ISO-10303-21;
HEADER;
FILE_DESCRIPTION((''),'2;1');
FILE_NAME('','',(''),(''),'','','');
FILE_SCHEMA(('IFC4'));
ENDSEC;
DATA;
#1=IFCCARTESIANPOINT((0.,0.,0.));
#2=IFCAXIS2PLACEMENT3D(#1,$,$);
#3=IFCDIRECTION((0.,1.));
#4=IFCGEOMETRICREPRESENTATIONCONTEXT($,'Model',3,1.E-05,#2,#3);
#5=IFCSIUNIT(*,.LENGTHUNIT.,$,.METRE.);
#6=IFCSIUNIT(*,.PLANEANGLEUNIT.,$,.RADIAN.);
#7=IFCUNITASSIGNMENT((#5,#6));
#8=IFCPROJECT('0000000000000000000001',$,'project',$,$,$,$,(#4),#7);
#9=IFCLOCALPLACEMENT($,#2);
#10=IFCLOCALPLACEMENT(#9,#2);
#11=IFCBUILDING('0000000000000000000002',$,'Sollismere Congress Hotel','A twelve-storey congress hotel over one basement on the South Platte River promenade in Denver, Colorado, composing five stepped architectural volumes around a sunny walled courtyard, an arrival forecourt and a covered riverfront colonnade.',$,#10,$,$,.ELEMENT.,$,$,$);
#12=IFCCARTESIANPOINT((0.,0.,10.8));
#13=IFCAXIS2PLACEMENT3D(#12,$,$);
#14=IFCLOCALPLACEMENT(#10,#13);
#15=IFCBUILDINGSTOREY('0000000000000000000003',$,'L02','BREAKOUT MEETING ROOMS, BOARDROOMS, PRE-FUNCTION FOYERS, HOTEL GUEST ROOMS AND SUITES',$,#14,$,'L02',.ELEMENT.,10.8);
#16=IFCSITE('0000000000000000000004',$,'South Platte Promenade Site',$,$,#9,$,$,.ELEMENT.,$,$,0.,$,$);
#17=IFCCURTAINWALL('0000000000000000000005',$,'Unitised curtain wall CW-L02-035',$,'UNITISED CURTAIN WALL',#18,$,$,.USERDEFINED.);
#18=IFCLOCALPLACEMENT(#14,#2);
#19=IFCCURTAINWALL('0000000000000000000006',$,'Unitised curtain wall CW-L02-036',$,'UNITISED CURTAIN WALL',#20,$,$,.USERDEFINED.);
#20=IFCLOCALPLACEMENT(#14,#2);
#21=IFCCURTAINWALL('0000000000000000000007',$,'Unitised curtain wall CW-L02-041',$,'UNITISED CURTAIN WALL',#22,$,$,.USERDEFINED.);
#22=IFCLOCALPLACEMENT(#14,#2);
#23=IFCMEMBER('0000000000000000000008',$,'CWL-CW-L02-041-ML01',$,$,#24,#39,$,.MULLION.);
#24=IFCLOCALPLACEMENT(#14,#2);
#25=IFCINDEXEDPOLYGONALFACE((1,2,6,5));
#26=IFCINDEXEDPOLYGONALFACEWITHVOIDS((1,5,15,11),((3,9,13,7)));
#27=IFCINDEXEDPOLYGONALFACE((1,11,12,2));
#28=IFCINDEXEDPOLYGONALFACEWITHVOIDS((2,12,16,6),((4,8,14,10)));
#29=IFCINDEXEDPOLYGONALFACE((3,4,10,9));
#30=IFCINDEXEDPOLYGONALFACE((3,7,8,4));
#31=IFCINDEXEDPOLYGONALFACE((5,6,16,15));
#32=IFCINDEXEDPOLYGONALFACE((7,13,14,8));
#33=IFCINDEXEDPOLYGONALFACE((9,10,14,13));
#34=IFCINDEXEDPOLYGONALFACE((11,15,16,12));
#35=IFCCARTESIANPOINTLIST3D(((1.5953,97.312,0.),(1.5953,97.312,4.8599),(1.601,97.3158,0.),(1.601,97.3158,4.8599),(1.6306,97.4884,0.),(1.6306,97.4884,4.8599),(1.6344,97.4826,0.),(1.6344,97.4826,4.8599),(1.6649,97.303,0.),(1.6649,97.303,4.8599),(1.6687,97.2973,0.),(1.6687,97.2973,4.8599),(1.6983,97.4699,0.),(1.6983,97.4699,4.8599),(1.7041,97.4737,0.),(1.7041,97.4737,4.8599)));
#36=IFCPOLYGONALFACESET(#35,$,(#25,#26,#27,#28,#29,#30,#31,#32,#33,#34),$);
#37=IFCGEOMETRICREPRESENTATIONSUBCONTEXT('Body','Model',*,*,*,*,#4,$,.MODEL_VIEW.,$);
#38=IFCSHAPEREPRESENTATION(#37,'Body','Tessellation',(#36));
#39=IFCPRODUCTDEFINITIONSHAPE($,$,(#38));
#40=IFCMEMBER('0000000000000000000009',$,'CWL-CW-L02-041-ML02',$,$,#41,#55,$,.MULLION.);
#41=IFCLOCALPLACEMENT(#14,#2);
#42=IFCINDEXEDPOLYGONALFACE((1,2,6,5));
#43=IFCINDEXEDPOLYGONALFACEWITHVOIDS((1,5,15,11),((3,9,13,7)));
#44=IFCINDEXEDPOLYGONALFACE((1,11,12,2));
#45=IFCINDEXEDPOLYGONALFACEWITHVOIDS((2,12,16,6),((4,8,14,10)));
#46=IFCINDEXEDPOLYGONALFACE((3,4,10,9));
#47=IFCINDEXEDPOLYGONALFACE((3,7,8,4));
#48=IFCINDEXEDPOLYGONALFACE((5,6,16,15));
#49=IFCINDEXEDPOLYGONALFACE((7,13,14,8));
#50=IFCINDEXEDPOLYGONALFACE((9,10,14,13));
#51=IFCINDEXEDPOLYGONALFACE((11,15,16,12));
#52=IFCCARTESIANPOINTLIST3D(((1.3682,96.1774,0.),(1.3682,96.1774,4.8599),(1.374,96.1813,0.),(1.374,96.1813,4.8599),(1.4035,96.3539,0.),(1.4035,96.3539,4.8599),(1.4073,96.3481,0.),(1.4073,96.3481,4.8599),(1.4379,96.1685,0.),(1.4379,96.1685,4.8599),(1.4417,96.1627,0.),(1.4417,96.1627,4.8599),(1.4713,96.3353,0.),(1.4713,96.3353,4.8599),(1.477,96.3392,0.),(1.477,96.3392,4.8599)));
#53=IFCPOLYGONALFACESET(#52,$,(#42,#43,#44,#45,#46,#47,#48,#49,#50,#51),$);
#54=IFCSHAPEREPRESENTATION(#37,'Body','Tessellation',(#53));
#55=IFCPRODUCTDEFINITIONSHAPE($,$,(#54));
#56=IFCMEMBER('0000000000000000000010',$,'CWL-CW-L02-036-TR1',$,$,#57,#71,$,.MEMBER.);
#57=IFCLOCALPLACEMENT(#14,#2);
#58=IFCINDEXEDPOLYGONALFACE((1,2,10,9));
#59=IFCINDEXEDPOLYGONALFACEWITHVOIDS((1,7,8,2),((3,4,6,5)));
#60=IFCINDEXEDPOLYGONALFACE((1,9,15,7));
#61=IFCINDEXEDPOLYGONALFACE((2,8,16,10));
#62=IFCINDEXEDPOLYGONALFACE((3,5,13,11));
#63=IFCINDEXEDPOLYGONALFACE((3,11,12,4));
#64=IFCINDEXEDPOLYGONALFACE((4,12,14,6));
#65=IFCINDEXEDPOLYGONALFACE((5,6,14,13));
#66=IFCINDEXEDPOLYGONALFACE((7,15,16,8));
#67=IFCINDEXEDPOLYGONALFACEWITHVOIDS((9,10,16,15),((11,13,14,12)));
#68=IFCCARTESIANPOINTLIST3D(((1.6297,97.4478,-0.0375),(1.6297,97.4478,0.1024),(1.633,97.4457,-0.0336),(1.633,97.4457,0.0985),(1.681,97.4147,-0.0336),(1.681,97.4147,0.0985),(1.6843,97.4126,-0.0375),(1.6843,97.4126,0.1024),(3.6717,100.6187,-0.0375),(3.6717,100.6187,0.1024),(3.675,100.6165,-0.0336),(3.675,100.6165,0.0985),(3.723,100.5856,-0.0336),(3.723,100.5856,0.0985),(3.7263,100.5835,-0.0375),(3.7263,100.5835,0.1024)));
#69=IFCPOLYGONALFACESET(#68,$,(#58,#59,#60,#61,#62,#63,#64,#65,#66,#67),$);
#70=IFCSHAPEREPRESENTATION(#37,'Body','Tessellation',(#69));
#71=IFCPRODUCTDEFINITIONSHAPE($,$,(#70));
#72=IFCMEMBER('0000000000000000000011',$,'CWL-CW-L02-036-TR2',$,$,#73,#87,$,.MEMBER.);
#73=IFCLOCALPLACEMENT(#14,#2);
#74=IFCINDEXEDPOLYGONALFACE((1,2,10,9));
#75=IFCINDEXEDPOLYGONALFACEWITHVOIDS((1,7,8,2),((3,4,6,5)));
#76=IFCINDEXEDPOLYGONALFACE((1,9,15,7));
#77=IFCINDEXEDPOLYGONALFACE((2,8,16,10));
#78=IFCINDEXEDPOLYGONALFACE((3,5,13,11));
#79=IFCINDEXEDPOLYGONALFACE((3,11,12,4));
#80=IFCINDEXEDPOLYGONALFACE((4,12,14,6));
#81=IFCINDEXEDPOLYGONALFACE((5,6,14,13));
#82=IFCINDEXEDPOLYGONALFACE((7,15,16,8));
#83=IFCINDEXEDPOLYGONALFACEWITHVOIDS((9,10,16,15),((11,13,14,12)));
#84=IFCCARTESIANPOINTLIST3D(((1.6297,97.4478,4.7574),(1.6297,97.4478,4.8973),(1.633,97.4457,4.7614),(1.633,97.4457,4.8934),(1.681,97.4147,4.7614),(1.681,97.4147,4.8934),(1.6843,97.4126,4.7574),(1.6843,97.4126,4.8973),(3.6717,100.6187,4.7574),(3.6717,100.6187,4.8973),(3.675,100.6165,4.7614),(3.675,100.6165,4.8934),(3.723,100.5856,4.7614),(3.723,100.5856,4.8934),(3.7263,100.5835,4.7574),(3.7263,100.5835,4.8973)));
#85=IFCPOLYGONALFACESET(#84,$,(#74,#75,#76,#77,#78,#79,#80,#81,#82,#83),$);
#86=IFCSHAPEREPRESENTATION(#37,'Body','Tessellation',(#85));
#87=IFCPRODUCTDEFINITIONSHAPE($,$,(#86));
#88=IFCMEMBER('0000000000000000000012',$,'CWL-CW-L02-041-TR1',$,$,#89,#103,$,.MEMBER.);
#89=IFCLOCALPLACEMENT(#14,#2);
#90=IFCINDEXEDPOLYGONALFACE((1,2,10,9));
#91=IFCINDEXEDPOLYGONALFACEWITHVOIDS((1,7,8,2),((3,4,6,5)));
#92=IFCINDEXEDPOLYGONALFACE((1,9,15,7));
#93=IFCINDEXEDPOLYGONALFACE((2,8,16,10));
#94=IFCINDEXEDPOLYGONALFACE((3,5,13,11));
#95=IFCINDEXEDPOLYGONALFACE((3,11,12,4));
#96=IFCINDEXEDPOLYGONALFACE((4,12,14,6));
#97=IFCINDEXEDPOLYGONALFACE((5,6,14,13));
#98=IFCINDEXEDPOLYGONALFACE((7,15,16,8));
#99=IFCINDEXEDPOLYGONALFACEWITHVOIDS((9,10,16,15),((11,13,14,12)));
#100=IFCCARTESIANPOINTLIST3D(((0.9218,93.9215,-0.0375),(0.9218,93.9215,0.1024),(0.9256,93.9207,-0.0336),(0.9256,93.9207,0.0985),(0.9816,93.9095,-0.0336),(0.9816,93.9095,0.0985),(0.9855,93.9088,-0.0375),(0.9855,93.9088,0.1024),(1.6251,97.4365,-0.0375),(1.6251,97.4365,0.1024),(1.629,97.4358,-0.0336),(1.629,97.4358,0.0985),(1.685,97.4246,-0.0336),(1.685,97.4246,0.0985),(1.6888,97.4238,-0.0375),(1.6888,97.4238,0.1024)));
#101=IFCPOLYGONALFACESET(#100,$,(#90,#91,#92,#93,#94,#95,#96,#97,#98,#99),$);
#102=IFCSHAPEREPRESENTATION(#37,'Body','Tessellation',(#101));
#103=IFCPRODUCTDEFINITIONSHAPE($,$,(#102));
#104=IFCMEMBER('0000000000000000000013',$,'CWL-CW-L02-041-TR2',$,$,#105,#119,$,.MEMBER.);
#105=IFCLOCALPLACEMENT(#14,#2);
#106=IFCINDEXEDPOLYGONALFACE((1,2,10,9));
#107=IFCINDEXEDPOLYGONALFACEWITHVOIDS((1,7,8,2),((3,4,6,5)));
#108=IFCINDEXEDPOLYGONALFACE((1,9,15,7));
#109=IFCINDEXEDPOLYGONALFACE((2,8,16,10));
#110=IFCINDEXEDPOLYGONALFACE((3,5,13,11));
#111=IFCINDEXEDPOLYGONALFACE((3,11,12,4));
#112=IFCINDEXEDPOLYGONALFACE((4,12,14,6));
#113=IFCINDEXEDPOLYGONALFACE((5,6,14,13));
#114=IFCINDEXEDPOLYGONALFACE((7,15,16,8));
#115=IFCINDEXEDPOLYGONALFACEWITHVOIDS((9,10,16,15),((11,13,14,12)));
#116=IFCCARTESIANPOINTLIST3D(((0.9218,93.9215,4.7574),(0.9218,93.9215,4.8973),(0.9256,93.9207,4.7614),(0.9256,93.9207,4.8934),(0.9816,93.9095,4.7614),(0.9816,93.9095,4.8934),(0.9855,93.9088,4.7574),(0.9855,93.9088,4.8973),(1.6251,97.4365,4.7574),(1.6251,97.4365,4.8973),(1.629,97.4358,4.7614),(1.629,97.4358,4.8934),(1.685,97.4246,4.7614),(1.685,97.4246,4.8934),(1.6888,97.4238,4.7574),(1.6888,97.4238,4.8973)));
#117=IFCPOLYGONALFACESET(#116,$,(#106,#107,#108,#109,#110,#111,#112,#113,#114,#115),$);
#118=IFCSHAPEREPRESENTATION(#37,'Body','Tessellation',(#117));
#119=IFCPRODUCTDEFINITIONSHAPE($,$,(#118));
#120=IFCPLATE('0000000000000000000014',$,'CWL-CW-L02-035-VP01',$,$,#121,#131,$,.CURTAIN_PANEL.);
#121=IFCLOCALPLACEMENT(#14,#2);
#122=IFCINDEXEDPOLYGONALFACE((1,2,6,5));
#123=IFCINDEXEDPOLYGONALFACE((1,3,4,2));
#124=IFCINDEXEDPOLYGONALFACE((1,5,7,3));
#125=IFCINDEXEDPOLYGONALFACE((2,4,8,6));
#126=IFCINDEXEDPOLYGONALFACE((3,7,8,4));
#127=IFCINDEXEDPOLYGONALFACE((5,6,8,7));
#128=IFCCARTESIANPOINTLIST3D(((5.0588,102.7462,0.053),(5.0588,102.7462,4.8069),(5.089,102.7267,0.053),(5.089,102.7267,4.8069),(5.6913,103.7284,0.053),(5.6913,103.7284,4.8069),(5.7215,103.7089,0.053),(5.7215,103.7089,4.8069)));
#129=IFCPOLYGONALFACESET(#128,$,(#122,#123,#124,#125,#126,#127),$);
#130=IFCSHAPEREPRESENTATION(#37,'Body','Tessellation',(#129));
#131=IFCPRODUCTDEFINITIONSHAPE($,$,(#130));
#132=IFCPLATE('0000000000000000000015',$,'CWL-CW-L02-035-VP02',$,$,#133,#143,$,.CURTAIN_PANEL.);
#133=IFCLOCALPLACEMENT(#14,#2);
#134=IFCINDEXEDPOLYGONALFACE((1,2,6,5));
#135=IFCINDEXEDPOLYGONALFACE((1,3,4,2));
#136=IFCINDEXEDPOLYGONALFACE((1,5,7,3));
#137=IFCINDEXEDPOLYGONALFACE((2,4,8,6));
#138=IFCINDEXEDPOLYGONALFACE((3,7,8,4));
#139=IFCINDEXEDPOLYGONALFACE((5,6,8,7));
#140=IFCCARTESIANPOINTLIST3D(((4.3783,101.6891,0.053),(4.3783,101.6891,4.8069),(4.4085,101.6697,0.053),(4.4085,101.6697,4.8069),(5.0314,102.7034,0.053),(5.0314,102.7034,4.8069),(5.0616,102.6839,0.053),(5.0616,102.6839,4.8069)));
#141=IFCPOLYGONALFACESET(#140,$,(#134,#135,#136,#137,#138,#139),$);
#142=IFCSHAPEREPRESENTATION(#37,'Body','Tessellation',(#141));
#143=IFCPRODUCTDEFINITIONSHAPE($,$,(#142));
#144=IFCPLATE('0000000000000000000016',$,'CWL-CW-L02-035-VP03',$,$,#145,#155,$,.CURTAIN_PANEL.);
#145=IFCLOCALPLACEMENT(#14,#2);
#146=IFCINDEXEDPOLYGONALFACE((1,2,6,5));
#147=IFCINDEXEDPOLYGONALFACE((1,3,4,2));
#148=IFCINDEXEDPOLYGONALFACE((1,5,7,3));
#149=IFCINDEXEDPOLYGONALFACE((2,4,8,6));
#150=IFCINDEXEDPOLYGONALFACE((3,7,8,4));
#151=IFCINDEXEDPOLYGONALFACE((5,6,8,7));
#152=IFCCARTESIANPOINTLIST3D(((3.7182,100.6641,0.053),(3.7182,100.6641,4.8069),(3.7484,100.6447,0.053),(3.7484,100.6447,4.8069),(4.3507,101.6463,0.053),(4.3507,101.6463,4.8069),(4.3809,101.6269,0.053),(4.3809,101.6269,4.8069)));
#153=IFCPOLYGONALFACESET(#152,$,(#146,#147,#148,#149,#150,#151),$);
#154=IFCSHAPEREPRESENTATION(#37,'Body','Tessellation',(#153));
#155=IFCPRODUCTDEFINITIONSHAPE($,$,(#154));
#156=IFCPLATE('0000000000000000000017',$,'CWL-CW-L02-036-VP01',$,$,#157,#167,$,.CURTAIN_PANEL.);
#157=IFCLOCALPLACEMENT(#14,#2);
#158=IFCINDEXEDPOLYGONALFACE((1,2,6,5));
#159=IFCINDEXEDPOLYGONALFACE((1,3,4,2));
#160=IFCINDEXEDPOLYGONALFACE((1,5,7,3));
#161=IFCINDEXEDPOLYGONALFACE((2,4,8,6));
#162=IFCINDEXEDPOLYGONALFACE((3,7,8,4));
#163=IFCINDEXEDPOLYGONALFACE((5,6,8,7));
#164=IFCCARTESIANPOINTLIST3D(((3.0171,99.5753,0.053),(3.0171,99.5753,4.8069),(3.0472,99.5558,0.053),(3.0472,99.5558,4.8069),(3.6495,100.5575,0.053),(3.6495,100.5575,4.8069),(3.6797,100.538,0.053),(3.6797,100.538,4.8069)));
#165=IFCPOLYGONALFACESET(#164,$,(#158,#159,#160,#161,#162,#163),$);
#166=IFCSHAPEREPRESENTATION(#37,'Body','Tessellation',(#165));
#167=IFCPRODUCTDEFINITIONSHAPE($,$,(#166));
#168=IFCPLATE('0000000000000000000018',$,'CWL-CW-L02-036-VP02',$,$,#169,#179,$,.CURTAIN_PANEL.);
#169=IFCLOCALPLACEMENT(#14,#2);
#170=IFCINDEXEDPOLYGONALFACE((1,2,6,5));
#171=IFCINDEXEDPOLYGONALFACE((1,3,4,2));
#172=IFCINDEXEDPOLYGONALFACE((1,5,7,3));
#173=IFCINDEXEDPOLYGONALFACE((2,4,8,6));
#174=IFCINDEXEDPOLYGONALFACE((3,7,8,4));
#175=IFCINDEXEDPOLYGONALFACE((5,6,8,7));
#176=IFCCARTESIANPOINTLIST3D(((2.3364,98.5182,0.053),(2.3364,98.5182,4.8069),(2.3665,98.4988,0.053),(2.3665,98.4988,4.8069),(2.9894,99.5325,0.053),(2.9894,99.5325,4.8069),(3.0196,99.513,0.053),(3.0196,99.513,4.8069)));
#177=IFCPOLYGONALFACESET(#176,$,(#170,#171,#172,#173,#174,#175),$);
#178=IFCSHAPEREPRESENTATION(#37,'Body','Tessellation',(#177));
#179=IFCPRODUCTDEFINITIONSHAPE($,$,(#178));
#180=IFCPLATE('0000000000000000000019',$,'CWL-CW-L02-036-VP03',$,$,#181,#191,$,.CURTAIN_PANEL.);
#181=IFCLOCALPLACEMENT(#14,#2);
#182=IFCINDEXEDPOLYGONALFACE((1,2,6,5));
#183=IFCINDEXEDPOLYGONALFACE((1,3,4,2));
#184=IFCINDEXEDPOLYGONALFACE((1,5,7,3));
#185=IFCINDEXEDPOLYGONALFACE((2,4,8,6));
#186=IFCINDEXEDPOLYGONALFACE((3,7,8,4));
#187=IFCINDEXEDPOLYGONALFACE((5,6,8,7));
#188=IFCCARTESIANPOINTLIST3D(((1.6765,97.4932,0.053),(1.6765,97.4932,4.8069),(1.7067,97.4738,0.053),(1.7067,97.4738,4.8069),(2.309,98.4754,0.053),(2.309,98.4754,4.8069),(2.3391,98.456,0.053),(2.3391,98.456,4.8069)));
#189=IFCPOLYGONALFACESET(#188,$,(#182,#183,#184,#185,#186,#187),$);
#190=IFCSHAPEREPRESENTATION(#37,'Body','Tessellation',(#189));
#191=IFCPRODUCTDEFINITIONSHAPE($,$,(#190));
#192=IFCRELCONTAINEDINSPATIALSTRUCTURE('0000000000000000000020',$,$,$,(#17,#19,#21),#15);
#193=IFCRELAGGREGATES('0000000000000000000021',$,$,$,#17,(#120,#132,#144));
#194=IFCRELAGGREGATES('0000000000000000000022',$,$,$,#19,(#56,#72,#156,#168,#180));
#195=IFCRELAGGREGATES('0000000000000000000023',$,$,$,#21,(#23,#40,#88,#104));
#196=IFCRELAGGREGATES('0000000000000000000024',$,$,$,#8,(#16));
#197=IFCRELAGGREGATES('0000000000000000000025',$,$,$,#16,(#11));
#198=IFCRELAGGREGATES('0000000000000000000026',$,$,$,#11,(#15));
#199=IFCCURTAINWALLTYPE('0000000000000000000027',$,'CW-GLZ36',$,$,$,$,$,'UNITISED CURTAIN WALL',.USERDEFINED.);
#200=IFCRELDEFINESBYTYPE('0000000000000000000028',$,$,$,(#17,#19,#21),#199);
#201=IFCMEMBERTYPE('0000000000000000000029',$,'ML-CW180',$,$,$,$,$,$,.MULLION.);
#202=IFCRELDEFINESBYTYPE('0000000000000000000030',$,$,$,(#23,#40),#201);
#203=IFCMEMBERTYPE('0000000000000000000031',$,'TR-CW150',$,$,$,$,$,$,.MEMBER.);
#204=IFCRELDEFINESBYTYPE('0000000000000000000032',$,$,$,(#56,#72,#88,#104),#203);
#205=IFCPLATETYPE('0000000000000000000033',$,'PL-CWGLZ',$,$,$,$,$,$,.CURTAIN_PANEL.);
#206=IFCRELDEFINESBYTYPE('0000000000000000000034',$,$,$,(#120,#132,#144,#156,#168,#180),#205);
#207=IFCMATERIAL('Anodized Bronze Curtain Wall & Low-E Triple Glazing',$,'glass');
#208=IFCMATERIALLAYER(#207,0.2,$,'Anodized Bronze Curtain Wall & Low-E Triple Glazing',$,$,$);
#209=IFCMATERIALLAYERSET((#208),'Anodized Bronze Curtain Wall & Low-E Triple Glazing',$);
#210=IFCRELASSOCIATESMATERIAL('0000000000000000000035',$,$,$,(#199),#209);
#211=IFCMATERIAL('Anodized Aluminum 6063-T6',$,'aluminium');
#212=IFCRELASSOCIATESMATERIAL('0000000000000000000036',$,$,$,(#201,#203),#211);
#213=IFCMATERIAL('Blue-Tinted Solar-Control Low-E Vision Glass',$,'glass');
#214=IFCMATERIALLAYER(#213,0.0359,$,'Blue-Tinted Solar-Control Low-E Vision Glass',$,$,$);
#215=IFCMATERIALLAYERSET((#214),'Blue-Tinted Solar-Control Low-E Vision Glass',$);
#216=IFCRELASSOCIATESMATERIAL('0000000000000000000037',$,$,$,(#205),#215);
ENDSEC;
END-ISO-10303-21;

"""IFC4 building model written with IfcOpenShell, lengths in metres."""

from ifc_helpers import new_model, si_unit, direction, frame, origin, origin_2d, place, context, subcontext, project, spatial, rectangle, hollow_rectangle, extrude, material, layer, layer_set, material_profile, profile_set, type_object, element, aggregate, save


model = new_model("IFC4")

# Units and contexts
model_context = context("Model", 3, precision=1e-05, world=origin(), true_north=direction((0.0, 1.0)))
body_context = subcontext(model_context, "Body", "Model", "MODEL_VIEW")
ifc_project = project(units=[si_unit("LENGTHUNIT", "METRE"), si_unit("PLANEANGLEUNIT", "RADIAN")], contexts=[model_context])

# Site, building, storey
site_placement = place(None, origin())
site = spatial("IfcSite", under=ifc_project, at=site_placement, Name="South Platte Promenade Site", CompositionType="ELEMENT", RefElevation=0.0)
building_placement = place(site_placement, origin())
building = spatial("IfcBuilding", under=site, at=building_placement, Name="Sollismere Congress Hotel", Description="A twelve-storey congress hotel over one basement on the South Platte River promenade in Denver, Colorado, composing five stepped architectural volumes around a sunny walled courtyard, an arrival forecourt and a covered riverfront colonnade.", CompositionType="ELEMENT")
storey_placement = place(building_placement, frame((0.0, 0.0, 10.8)))
storey = spatial("IfcBuildingStorey", under=building, at=storey_placement, Name="L02", Description="BREAKOUT MEETING ROOMS, BOARDROOMS, PRE-FUNCTION FOYERS, HOTEL GUEST ROOMS AND SUITES", LongName="L02", CompositionType="ELEMENT", Elevation=10.8)

# Curtain walls, members
ifc_material_1 = material(Name="Anodized Bronze Curtain Wall & Low-E Triple Glazing", Category="glass")
ifc_layer_1 = layer(ifc_material_1, 0.2, Name="Anodized Bronze Curtain Wall & Low-E Triple Glazing")
ifc_layer_set_1 = layer_set([ifc_layer_1], Name="Anodized Bronze Curtain Wall & Low-E Triple Glazing")
curtain_wall_type = type_object("IfcCurtainWallType", Name="CW-GLZ36", ElementType="UNITISED CURTAIN WALL", PredefinedType="USERDEFINED", material=ifc_layer_set_1)
curtain_wall_1_placement = place(storey_placement, origin())
curtain_wall_1 = element("IfcCurtainWall", 1, at=curtain_wall_1_placement, inside=storey, type_object=curtain_wall_type, Name="Unitised curtain wall CW-L02-035", ObjectType="UNITISED CURTAIN WALL", PredefinedType="USERDEFINED")
ifc_material_2 = material(Name="Anodized Aluminum 6063-T6", Category="aluminium")
ifc_material_profile_1 = material_profile(ifc_material_2, hollow_rectangle(XDim=0.075, YDim=0.1799, WallThickness=0.0049, at=origin_2d()), Name="ALU180X75X5")
ifc_profile_set_1 = profile_set([ifc_material_profile_1], Name="Anodized Aluminum 6063-T6")
member_type_1 = type_object("IfcMemberType", Name="ML-CW180", PredefinedType="MULLION", material=ifc_profile_set_1)
curtain_wall_2_placement = place(storey_placement, origin())
curtain_wall_2 = element("IfcCurtainWall", 2, at=curtain_wall_2_placement, inside=storey, type_object=curtain_wall_type, Name="Unitised curtain wall CW-L02-036", ObjectType="UNITISED CURTAIN WALL", PredefinedType="USERDEFINED")
curtain_wall_3_placement = place(storey_placement, origin())
curtain_wall_3 = element("IfcCurtainWall", 3, at=curtain_wall_3_placement, inside=storey, type_object=curtain_wall_type, Name="Unitised curtain wall CW-L02-041", ObjectType="UNITISED CURTAIN WALL", PredefinedType="USERDEFINED")
member_1_placement = place(storey_placement, frame((1.6497, 97.3928, 0.0), z_axis=(0.0, 0.0, 1.0), x_axis=(0.980553, -0.196254, 0.0)))
member_1 = element("IfcMember", 4, at=member_1_placement, type_object=member_type_1, Name="CWL-CW-L02-041-ML01", PredefinedType="MULLION", context=body_context, shape_type="SweptSolid", body=[
    extrude(hollow_rectangle(XDim=0.075, YDim=0.1799, WallThickness=0.0049, at=origin_2d()), origin(), (0.0, 0.0, 1.0), 4.8599),
])
member_2_placement = place(storey_placement, frame((1.4226, 96.2583, 0.0), z_axis=(0.0, 0.0, 1.0), x_axis=(0.980553, -0.196254, 0.0)))
member_2 = element("IfcMember", 5, at=member_2_placement, type_object=member_type_1, Name="CWL-CW-L02-041-ML02", PredefinedType="MULLION", context=body_context, shape_type="SweptSolid", body=[
    extrude(hollow_rectangle(XDim=0.075, YDim=0.1799, WallThickness=0.0049, at=origin_2d()), origin(), (0.0, 0.0, 1.0), 4.8599),
])

# Members
ifc_material_profile_2 = material_profile(ifc_material_2, hollow_rectangle(XDim=0.0649, YDim=0.1399, WallThickness=0.0039, at=origin_2d()), Name="ALU140X65X4")
ifc_profile_set_2 = profile_set([ifc_material_profile_2], Name="Anodized Aluminum 6063-T6")
member_type_2 = type_object("IfcMemberType", Name="TR-CW150", PredefinedType="MEMBER", material=ifc_profile_set_2)
member_3_placement = place(storey_placement, frame((3.699, 100.6011, 0.0325), z_axis=(-0.541425, -0.840749, 0.0), x_axis=(0.840749, -0.541425, 0.0)))
member_3 = element("IfcMember", 6, at=member_3_placement, type_object=member_type_2, Name="CWL-CW-L02-036-TR1", PredefinedType="MEMBER", context=body_context, shape_type="SweptSolid", body=[
    extrude(hollow_rectangle(XDim=0.0649, YDim=0.1399, WallThickness=0.0039, at=origin_2d()), origin(), (0.0, 0.0, 1.0), 3.7715),
])
member_4_placement = place(storey_placement, frame((3.699, 100.6011, 4.8274), z_axis=(-0.541425, -0.840749, 0.0), x_axis=(0.840749, -0.541425, 0.0)))
member_4 = element("IfcMember", 7, at=member_4_placement, type_object=member_type_2, Name="CWL-CW-L02-036-TR2", PredefinedType="MEMBER", context=body_context, shape_type="SweptSolid", body=[
    extrude(hollow_rectangle(XDim=0.0649, YDim=0.1399, WallThickness=0.0039, at=origin_2d()), origin(), (0.0, 0.0, 1.0), 3.7715),
])
member_5_placement = place(storey_placement, frame((1.657, 97.4302, 0.0325), z_axis=(-0.196208, -0.980562, 0.0), x_axis=(0.980562, -0.196208, 0.0)))
member_5 = element("IfcMember", 8, at=member_5_placement, type_object=member_type_2, Name="CWL-CW-L02-041-TR1", PredefinedType="MEMBER", context=body_context, shape_type="SweptSolid", body=[
    extrude(hollow_rectangle(XDim=0.0649, YDim=0.1399, WallThickness=0.0039, at=origin_2d()), origin(), (0.0, 0.0, 1.0), 3.5847),
])
member_6_placement = place(storey_placement, frame((1.657, 97.4302, 4.8274), z_axis=(-0.196208, -0.980562, 0.0), x_axis=(0.980562, -0.196208, 0.0)))
member_6 = element("IfcMember", 9, at=member_6_placement, type_object=member_type_2, Name="CWL-CW-L02-041-TR2", PredefinedType="MEMBER", context=body_context, shape_type="SweptSolid", body=[
    extrude(hollow_rectangle(XDim=0.0649, YDim=0.1399, WallThickness=0.0039, at=origin_2d()), origin(), (0.0, 0.0, 1.0), 3.5847),
])

# Plates
ifc_material_3 = material(Name="Blue-Tinted Solar-Control Low-E Vision Glass", Category="glass")
ifc_layer_2 = layer(ifc_material_3, 0.0359, Name="Blue-Tinted Solar-Control Low-E Vision Glass")
ifc_layer_set_2 = layer_set([ifc_layer_2], Name="Blue-Tinted Solar-Control Low-E Vision Glass")
plate_type_1 = type_object("IfcPlateType", Name="PL-CWGLZ", PredefinedType="CURTAIN_PANEL", material=ifc_layer_set_2)
plate_1_placement = place(storey_placement, frame((5.3901, 103.2275, 0.053), z_axis=(0.0, 0.0, 1.0), x_axis=(-0.541385, -0.840775, 0.0)))
plate_1 = element("IfcPlate", 10, at=plate_1_placement, type_object=plate_type_1, Name="CWL-CW-L02-035-VP01", PredefinedType="CURTAIN_PANEL", context=body_context, shape_type="SweptSolid", body=[
    extrude(rectangle(XDim=1.1682, YDim=0.0359, at=origin_2d()), origin(), (0.0, 0.0, 1.0), 4.7539),
])
plate_2_placement = place(storey_placement, frame((4.72, 102.1865, 0.053), z_axis=(0.0, 0.0, 1.0), x_axis=(-0.541385, -0.840775, 0.0)))
plate_2 = element("IfcPlate", 11, at=plate_2_placement, type_object=plate_type_1, Name="CWL-CW-L02-035-VP02", PredefinedType="CURTAIN_PANEL", context=body_context, shape_type="SweptSolid", body=[
    extrude(rectangle(XDim=1.2063, YDim=0.0359, at=origin_2d()), origin(), (0.0, 0.0, 1.0), 4.7539),
])
plate_3_placement = place(storey_placement, frame((4.0496, 101.1455, 0.053), z_axis=(0.0, 0.0, 1.0), x_axis=(-0.541385, -0.840775, 0.0)))
plate_3 = element("IfcPlate", 12, at=plate_3_placement, type_object=plate_type_1, Name="CWL-CW-L02-035-VP03", PredefinedType="CURTAIN_PANEL", context=body_context, shape_type="SweptSolid", body=[
    extrude(rectangle(XDim=1.1682, YDim=0.0359, at=origin_2d()), origin(), (0.0, 0.0, 1.0), 4.7539),
])
aggregate(curtain_wall_1, [plate_1, plate_2, plate_3])
plate_4_placement = place(storey_placement, frame((3.3484, 100.0566, 0.053), z_axis=(0.0, 0.0, 1.0), x_axis=(-0.541385, -0.840775, 0.0)))
plate_4 = element("IfcPlate", 13, at=plate_4_placement, type_object=plate_type_1, Name="CWL-CW-L02-036-VP01", PredefinedType="CURTAIN_PANEL", context=body_context, shape_type="SweptSolid", body=[
    extrude(rectangle(XDim=1.1682, YDim=0.0359, at=origin_2d()), origin(), (0.0, 0.0, 1.0), 4.7539),
])
plate_5_placement = place(storey_placement, frame((2.678, 99.0156, 0.053), z_axis=(0.0, 0.0, 1.0), x_axis=(-0.541385, -0.840775, 0.0)))
plate_5 = element("IfcPlate", 14, at=plate_5_placement, type_object=plate_type_1, Name="CWL-CW-L02-036-VP02", PredefinedType="CURTAIN_PANEL", context=body_context, shape_type="SweptSolid", body=[
    extrude(rectangle(XDim=1.2063, YDim=0.0359, at=origin_2d()), origin(), (0.0, 0.0, 1.0), 4.7539),
])
plate_6_placement = place(storey_placement, frame((2.0078, 97.9746, 0.053), z_axis=(0.0, 0.0, 1.0), x_axis=(-0.541385, -0.840775, 0.0)))
plate_6 = element("IfcPlate", 15, at=plate_6_placement, type_object=plate_type_1, Name="CWL-CW-L02-036-VP03", PredefinedType="CURTAIN_PANEL", context=body_context, shape_type="SweptSolid", body=[
    extrude(rectangle(XDim=1.1682, YDim=0.0359, at=origin_2d()), origin(), (0.0, 0.0, 1.0), 4.7539),
])
aggregate(curtain_wall_2, [member_3, member_4, plate_4, plate_5, plate_6])
aggregate(curtain_wall_3, [member_1, member_2, member_5, member_6])

save(model, "model.ifc")
